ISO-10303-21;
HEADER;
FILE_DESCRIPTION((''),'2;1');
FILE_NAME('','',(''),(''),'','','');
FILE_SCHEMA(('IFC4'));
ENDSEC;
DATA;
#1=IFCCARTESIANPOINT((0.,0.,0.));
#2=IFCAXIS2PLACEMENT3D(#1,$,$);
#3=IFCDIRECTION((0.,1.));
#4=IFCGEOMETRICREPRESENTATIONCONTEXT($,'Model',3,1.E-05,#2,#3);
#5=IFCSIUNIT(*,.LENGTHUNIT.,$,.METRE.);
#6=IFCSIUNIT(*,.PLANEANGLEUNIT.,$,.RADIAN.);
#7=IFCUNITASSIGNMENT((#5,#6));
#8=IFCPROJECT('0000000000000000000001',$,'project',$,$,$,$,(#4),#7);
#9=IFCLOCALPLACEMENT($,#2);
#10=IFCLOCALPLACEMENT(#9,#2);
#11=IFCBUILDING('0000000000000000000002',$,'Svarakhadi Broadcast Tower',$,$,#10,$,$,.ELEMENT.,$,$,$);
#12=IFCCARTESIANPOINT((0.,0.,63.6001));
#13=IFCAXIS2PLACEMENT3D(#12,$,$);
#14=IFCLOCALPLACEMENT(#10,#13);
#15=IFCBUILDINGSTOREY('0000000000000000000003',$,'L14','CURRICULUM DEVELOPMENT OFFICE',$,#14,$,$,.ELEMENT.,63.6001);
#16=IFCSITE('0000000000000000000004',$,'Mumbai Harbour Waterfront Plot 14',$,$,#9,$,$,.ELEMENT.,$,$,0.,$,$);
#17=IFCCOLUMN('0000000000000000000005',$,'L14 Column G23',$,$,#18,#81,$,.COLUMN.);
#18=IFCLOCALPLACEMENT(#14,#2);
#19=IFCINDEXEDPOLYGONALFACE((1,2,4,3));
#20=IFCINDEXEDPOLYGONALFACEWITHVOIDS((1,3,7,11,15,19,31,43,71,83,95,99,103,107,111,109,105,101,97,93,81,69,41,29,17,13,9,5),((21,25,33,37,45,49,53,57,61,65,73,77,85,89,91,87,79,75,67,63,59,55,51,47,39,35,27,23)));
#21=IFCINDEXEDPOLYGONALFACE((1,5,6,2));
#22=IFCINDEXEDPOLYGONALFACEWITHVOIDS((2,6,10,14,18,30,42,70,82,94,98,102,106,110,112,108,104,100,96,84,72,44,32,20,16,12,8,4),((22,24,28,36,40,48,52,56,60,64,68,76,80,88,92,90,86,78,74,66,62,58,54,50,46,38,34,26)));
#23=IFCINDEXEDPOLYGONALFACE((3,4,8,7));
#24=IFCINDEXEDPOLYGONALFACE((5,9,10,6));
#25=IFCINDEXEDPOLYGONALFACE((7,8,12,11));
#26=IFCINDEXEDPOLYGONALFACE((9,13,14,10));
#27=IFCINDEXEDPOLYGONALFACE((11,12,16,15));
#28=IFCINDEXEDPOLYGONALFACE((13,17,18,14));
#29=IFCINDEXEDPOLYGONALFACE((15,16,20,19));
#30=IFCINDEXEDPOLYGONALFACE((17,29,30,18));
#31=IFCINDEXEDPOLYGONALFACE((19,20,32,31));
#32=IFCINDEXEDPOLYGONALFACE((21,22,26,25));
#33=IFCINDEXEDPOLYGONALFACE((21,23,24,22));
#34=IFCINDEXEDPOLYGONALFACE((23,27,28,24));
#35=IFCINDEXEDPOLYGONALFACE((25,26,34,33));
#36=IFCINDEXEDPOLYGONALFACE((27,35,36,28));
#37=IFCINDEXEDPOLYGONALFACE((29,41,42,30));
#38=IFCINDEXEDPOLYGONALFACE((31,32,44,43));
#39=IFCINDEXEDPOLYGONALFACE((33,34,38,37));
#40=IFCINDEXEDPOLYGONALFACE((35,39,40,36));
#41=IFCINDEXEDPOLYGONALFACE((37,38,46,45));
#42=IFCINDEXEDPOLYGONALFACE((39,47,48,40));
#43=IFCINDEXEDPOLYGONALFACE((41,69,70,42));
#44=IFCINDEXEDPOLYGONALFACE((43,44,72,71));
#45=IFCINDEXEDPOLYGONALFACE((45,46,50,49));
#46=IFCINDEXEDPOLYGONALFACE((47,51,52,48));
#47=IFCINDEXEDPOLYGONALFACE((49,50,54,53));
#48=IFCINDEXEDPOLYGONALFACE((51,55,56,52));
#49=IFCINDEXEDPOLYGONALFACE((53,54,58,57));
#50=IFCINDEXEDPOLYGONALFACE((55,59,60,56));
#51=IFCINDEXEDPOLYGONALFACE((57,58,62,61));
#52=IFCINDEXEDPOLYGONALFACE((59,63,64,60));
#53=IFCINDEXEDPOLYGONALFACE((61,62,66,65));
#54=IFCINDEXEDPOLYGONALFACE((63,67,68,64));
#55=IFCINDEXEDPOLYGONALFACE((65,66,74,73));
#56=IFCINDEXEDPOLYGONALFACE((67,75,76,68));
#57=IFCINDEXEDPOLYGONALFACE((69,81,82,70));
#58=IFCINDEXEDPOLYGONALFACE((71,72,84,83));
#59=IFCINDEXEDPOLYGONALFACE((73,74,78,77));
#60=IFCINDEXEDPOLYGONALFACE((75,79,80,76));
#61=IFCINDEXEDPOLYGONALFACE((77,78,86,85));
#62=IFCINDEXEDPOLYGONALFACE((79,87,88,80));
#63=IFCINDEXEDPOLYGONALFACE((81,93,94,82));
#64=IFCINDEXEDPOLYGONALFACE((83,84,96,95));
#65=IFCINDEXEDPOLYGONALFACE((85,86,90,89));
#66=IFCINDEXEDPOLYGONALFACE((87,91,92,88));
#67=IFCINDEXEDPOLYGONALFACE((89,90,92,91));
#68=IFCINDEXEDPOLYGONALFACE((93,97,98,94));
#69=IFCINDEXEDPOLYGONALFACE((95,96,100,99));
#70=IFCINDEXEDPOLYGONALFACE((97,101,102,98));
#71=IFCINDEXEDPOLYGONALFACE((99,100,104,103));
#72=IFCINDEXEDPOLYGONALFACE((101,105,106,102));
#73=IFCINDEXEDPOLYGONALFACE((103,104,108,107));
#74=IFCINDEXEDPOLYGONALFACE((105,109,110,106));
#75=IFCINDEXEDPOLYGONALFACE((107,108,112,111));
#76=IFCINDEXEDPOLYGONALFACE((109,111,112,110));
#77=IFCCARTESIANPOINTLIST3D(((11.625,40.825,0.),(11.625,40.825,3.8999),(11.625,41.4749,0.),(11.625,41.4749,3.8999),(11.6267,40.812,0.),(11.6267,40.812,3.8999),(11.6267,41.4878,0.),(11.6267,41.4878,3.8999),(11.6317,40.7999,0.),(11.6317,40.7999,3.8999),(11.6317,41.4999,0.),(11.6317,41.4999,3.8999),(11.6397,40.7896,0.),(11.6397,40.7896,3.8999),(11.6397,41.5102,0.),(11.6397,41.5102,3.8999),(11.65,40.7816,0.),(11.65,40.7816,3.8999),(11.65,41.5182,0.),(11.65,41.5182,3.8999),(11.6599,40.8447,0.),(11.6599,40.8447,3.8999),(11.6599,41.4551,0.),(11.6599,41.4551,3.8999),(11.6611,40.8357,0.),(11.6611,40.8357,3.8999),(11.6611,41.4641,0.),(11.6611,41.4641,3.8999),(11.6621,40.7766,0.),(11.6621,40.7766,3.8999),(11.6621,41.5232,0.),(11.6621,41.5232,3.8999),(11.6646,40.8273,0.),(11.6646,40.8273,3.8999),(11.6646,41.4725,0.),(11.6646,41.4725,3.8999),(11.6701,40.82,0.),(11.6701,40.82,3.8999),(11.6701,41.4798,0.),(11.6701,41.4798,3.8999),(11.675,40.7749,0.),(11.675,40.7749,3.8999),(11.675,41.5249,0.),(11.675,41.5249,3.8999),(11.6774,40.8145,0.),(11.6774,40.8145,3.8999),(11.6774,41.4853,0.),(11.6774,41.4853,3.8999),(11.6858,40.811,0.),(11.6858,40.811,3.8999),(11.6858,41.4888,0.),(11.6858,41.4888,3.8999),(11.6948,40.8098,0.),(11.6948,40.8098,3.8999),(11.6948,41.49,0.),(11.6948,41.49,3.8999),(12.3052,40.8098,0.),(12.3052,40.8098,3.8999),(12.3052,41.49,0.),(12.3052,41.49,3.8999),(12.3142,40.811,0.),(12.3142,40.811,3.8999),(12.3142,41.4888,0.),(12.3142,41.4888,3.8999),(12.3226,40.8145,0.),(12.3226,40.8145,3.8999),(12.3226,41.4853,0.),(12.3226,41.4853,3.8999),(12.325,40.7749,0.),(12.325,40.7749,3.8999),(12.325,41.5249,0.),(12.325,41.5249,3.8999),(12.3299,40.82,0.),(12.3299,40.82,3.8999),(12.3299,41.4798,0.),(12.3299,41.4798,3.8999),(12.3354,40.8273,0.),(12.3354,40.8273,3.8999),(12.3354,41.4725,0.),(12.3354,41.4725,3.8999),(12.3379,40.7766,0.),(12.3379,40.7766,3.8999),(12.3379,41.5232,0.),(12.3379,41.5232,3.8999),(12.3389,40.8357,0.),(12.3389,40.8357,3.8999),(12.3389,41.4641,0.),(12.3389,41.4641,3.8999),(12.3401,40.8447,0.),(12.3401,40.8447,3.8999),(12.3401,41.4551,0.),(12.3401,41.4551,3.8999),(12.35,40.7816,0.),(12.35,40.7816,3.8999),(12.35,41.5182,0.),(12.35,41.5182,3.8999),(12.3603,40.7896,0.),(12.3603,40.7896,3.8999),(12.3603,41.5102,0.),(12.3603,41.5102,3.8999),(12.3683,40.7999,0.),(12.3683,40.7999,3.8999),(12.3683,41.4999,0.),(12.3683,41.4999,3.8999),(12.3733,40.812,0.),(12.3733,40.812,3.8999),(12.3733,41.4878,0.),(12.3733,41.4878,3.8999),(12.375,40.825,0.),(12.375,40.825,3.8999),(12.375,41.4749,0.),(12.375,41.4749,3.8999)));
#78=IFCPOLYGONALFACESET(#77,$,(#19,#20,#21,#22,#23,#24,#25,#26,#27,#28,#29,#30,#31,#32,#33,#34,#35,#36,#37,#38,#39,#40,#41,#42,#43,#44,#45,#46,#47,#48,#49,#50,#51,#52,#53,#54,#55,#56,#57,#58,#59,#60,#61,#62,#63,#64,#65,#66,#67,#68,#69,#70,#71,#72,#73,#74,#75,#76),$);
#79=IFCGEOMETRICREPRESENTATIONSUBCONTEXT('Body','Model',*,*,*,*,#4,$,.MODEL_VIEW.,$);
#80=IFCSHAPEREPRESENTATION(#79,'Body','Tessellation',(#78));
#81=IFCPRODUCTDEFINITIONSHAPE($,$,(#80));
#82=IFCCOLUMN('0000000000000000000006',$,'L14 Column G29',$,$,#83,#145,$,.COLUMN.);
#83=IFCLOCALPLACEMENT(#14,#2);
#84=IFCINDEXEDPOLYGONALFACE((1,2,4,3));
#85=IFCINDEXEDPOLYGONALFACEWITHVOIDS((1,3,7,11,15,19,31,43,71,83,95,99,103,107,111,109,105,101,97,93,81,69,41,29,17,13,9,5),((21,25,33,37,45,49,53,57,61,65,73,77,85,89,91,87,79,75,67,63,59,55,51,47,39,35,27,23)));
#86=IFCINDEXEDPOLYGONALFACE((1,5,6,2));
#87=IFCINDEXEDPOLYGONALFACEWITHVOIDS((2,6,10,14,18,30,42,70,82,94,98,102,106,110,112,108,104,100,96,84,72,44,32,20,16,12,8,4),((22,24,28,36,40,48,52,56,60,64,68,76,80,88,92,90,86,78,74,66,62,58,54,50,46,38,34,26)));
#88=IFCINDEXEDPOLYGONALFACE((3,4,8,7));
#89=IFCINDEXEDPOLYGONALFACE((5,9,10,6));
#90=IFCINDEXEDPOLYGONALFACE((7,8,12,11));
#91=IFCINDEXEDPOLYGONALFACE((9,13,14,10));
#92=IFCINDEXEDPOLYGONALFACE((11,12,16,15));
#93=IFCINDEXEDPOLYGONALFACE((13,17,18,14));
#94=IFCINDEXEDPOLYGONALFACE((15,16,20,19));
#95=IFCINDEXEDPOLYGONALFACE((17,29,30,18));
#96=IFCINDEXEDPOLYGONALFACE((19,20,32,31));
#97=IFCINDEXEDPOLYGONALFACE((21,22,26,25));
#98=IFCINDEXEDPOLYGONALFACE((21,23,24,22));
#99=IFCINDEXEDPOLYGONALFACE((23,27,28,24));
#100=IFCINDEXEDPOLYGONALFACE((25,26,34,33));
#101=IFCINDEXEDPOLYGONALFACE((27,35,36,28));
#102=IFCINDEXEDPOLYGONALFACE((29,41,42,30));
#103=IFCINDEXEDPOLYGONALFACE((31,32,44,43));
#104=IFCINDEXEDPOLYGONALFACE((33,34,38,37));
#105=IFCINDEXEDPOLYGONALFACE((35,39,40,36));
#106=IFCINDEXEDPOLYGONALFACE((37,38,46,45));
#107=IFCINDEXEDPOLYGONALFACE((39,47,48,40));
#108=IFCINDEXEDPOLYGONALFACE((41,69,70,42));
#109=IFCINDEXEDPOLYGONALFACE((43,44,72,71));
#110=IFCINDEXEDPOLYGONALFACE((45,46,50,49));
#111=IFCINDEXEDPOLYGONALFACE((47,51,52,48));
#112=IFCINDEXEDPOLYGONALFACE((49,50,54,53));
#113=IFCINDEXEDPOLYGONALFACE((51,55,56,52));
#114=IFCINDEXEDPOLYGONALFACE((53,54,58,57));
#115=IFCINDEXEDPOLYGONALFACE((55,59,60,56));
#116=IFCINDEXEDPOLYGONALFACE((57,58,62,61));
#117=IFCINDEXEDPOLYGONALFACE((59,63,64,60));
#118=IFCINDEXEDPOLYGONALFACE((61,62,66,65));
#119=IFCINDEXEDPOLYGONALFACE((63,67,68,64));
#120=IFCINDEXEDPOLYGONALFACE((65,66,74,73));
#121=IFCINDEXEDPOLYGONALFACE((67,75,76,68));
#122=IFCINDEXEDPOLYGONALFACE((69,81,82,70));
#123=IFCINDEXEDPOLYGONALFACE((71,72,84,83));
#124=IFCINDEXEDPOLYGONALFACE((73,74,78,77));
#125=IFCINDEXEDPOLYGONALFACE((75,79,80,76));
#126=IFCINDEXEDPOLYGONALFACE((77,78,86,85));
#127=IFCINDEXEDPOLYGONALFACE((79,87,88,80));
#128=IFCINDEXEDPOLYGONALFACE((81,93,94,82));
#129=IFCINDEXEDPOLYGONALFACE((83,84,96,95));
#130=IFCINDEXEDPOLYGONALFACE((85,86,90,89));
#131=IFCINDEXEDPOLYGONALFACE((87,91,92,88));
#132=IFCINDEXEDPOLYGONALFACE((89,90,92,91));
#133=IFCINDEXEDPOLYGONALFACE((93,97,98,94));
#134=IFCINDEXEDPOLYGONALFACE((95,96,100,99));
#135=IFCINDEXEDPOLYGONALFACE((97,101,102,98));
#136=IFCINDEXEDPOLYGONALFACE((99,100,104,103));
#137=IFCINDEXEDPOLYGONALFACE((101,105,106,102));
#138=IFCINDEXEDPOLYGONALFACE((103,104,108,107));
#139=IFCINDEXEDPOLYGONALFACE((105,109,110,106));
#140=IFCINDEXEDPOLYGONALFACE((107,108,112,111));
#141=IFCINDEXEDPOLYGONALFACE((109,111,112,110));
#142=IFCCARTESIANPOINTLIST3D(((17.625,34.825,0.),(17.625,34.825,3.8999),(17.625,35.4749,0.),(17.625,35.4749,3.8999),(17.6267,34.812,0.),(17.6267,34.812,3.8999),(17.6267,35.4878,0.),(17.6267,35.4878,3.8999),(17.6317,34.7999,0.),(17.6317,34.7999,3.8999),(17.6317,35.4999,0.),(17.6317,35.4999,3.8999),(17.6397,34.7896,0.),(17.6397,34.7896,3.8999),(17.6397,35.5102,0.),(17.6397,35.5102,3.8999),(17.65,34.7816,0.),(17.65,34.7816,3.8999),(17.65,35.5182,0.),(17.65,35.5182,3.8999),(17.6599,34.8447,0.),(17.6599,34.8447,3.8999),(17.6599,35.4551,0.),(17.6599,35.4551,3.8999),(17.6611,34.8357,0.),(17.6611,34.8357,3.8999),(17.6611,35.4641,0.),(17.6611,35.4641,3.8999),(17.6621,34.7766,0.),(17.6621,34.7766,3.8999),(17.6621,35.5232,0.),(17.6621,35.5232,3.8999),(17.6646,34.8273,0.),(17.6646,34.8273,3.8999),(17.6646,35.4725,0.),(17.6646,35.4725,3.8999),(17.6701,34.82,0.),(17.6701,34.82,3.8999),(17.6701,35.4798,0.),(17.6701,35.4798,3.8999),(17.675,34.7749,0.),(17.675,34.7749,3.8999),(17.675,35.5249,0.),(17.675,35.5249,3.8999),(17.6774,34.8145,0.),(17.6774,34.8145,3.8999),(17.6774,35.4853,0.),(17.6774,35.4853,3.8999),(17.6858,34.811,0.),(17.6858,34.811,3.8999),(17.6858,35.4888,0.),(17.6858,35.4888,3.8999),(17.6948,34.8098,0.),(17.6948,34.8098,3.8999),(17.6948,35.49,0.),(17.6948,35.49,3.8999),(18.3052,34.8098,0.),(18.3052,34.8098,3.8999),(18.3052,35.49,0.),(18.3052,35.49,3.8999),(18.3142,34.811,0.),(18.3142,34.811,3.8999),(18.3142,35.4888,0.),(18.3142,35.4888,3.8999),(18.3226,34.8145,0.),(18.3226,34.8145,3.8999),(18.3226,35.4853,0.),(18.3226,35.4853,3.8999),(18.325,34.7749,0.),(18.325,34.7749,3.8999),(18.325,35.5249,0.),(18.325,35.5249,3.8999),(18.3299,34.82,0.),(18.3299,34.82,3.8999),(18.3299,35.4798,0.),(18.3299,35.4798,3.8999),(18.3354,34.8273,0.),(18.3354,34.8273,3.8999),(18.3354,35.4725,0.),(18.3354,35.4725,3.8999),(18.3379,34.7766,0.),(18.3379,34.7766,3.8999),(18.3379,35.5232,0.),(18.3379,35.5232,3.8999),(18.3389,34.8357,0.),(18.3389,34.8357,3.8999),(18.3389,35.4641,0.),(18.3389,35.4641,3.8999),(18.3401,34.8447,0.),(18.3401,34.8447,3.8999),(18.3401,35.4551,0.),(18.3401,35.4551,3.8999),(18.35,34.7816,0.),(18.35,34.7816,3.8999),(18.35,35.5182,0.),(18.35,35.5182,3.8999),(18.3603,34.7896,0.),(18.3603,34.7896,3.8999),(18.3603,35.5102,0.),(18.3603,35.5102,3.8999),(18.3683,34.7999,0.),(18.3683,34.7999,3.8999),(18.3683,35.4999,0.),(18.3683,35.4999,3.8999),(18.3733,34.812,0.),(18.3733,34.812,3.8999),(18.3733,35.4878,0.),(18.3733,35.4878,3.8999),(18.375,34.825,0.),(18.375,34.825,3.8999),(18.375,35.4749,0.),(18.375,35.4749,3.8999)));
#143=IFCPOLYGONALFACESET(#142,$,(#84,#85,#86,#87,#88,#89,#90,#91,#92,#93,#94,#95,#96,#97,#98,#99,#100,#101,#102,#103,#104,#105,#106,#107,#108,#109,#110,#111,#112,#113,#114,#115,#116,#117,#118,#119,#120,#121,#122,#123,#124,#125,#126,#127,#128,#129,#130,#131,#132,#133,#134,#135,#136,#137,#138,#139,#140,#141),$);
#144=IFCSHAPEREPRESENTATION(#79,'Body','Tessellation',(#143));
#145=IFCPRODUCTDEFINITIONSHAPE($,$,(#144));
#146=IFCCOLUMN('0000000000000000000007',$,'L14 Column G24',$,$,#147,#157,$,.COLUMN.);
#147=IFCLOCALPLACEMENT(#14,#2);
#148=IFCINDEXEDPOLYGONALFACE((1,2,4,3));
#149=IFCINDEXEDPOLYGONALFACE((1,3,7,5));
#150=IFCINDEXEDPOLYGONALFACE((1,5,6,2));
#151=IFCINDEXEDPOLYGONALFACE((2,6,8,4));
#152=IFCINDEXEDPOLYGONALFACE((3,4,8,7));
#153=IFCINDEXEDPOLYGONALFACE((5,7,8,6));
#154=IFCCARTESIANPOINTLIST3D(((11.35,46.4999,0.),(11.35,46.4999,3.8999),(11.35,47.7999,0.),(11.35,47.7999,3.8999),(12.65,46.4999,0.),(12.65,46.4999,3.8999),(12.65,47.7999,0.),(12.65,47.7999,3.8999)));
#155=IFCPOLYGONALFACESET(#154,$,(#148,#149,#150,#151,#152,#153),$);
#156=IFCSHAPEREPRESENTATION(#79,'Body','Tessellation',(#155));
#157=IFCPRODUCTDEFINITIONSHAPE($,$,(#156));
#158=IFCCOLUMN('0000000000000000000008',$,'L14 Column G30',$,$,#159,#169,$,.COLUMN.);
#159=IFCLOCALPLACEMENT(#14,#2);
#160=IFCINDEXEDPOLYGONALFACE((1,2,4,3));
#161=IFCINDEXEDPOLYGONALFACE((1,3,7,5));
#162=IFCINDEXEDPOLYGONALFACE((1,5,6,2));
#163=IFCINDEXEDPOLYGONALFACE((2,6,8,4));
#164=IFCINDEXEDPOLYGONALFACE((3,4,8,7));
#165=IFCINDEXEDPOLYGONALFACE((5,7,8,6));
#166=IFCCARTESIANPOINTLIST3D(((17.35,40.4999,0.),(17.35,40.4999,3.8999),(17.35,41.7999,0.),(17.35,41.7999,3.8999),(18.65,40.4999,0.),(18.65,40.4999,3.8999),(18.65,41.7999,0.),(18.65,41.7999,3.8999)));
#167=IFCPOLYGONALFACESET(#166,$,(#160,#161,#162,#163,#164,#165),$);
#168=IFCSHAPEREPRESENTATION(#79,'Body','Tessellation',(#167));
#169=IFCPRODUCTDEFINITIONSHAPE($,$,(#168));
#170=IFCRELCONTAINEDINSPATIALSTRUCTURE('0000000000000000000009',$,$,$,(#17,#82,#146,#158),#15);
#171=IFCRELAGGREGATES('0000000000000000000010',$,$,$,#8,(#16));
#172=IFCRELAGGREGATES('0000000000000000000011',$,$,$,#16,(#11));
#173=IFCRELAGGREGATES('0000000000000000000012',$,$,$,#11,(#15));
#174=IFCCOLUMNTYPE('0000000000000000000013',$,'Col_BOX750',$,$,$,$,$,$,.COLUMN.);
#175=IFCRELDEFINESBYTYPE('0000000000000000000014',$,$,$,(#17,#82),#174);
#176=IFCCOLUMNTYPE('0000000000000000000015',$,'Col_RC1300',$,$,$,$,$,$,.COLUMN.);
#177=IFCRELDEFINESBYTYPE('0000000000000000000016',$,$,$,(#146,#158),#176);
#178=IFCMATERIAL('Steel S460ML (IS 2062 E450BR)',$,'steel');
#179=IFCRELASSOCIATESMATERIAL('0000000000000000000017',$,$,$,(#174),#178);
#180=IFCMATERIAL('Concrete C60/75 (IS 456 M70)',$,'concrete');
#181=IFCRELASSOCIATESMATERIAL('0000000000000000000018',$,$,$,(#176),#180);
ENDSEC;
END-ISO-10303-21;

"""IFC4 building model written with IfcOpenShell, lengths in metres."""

from ifc_helpers import new_model, si_unit, direction, frame, origin, origin_2d, place, context, subcontext, project, spatial, rectangle, hollow_rectangle, extrude, material, material_profile, profile_set, type_object, element, save


model = new_model("IFC4")

# Units and contexts
model_context = context("Model", 3, precision=1e-05, world=origin(), true_north=direction((0.0, 1.0)))
body_context = subcontext(model_context, "Body", "Model", "MODEL_VIEW")
ifc_project = project(units=[si_unit("LENGTHUNIT", "METRE"), si_unit("PLANEANGLEUNIT", "RADIAN")], contexts=[model_context])

# Site, building, storey
site_placement = place(None, origin())
site = spatial("IfcSite", under=ifc_project, at=site_placement, Name="Mumbai Harbour Waterfront Plot 14", CompositionType="ELEMENT", RefElevation=0.0)
building_placement = place(site_placement, origin())
building = spatial("IfcBuilding", under=site, at=building_placement, Name="Svarakhadi Broadcast Tower", CompositionType="ELEMENT")
storey_placement = place(building_placement, frame((0.0, 0.0, 63.6001)))
storey = spatial("IfcBuildingStorey", under=building, at=storey_placement, Name="L14", Description="CURRICULUM DEVELOPMENT OFFICE", CompositionType="ELEMENT", Elevation=63.6001)

# Columns
ifc_material_1 = material(Name="Steel S460ML (IS 2062 E450BR)", Category="steel")
ifc_material_profile_1 = material_profile(ifc_material_1, hollow_rectangle(XDim=0.75, YDim=0.75, WallThickness=0.0349, InnerFilletRadius=0.0349, OuterFilletRadius=0.05, at=origin_2d()), Name="BOX 750x750x35")
ifc_profile_set_1 = profile_set([ifc_material_profile_1], Name="Steel S460ML (IS 2062 E450BR)")
column_type_1 = type_object("IfcColumnType", Name="Col_BOX750", PredefinedType="COLUMN", material=ifc_profile_set_1)
for number, where, z_axis, x_axis, name in (
    (1, (12.0, 41.1499, 0.0), (0.0, 0.0, 1.0), (1.0, 0.0, 0.0), "L14 Column G23"),
    (2, (18.0, 35.1499, 0.0), (0.0, 0.0, 1.0), (1.0, 0.0, 0.0), "L14 Column G29"),
):
    element("IfcColumn", number, at=place(storey_placement, frame(where, z_axis=z_axis, x_axis=x_axis)), inside=storey, type_object=column_type_1, Name=name, PredefinedType="COLUMN", context=body_context, shape_type="SweptSolid", body=[
        extrude(hollow_rectangle(XDim=0.75, YDim=0.75, WallThickness=0.0349, InnerFilletRadius=0.0349, OuterFilletRadius=0.05, at=origin_2d()), origin(), (0.0, 0.0, 1.0), 3.8999),
    ])
ifc_material_2 = material(Name="Concrete C60/75 (IS 456 M70)", Category="concrete")
ifc_material_profile_2 = material_profile(ifc_material_2, rectangle(XDim=1.3, YDim=1.3, at=origin_2d()), Name="RC 1300x1300")
ifc_profile_set_2 = profile_set([ifc_material_profile_2], Name="Concrete C60/75 (IS 456 M70)")
column_type_2 = type_object("IfcColumnType", Name="Col_RC1300", PredefinedType="COLUMN", material=ifc_profile_set_2)
for number, where, z_axis, x_axis, name in (
    (3, (12.0, 47.1499, 0.0), (0.0, 0.0, 1.0), (1.0, 0.0, 0.0), "L14 Column G24"),
    (4, (18.0, 41.1499, 0.0), (0.0, 0.0, 1.0), (1.0, 0.0, 0.0), "L14 Column G30"),
):
    element("IfcColumn", number, at=place(storey_placement, frame(where, z_axis=z_axis, x_axis=x_axis)), inside=storey, type_object=column_type_2, Name=name, PredefinedType="COLUMN", context=body_context, shape_type="SweptSolid", body=[
        extrude(rectangle(XDim=1.3, YDim=1.3, at=origin_2d()), origin(), (0.0, 0.0, 1.0), 3.8999),
    ])

save(model, "model.ifc")
